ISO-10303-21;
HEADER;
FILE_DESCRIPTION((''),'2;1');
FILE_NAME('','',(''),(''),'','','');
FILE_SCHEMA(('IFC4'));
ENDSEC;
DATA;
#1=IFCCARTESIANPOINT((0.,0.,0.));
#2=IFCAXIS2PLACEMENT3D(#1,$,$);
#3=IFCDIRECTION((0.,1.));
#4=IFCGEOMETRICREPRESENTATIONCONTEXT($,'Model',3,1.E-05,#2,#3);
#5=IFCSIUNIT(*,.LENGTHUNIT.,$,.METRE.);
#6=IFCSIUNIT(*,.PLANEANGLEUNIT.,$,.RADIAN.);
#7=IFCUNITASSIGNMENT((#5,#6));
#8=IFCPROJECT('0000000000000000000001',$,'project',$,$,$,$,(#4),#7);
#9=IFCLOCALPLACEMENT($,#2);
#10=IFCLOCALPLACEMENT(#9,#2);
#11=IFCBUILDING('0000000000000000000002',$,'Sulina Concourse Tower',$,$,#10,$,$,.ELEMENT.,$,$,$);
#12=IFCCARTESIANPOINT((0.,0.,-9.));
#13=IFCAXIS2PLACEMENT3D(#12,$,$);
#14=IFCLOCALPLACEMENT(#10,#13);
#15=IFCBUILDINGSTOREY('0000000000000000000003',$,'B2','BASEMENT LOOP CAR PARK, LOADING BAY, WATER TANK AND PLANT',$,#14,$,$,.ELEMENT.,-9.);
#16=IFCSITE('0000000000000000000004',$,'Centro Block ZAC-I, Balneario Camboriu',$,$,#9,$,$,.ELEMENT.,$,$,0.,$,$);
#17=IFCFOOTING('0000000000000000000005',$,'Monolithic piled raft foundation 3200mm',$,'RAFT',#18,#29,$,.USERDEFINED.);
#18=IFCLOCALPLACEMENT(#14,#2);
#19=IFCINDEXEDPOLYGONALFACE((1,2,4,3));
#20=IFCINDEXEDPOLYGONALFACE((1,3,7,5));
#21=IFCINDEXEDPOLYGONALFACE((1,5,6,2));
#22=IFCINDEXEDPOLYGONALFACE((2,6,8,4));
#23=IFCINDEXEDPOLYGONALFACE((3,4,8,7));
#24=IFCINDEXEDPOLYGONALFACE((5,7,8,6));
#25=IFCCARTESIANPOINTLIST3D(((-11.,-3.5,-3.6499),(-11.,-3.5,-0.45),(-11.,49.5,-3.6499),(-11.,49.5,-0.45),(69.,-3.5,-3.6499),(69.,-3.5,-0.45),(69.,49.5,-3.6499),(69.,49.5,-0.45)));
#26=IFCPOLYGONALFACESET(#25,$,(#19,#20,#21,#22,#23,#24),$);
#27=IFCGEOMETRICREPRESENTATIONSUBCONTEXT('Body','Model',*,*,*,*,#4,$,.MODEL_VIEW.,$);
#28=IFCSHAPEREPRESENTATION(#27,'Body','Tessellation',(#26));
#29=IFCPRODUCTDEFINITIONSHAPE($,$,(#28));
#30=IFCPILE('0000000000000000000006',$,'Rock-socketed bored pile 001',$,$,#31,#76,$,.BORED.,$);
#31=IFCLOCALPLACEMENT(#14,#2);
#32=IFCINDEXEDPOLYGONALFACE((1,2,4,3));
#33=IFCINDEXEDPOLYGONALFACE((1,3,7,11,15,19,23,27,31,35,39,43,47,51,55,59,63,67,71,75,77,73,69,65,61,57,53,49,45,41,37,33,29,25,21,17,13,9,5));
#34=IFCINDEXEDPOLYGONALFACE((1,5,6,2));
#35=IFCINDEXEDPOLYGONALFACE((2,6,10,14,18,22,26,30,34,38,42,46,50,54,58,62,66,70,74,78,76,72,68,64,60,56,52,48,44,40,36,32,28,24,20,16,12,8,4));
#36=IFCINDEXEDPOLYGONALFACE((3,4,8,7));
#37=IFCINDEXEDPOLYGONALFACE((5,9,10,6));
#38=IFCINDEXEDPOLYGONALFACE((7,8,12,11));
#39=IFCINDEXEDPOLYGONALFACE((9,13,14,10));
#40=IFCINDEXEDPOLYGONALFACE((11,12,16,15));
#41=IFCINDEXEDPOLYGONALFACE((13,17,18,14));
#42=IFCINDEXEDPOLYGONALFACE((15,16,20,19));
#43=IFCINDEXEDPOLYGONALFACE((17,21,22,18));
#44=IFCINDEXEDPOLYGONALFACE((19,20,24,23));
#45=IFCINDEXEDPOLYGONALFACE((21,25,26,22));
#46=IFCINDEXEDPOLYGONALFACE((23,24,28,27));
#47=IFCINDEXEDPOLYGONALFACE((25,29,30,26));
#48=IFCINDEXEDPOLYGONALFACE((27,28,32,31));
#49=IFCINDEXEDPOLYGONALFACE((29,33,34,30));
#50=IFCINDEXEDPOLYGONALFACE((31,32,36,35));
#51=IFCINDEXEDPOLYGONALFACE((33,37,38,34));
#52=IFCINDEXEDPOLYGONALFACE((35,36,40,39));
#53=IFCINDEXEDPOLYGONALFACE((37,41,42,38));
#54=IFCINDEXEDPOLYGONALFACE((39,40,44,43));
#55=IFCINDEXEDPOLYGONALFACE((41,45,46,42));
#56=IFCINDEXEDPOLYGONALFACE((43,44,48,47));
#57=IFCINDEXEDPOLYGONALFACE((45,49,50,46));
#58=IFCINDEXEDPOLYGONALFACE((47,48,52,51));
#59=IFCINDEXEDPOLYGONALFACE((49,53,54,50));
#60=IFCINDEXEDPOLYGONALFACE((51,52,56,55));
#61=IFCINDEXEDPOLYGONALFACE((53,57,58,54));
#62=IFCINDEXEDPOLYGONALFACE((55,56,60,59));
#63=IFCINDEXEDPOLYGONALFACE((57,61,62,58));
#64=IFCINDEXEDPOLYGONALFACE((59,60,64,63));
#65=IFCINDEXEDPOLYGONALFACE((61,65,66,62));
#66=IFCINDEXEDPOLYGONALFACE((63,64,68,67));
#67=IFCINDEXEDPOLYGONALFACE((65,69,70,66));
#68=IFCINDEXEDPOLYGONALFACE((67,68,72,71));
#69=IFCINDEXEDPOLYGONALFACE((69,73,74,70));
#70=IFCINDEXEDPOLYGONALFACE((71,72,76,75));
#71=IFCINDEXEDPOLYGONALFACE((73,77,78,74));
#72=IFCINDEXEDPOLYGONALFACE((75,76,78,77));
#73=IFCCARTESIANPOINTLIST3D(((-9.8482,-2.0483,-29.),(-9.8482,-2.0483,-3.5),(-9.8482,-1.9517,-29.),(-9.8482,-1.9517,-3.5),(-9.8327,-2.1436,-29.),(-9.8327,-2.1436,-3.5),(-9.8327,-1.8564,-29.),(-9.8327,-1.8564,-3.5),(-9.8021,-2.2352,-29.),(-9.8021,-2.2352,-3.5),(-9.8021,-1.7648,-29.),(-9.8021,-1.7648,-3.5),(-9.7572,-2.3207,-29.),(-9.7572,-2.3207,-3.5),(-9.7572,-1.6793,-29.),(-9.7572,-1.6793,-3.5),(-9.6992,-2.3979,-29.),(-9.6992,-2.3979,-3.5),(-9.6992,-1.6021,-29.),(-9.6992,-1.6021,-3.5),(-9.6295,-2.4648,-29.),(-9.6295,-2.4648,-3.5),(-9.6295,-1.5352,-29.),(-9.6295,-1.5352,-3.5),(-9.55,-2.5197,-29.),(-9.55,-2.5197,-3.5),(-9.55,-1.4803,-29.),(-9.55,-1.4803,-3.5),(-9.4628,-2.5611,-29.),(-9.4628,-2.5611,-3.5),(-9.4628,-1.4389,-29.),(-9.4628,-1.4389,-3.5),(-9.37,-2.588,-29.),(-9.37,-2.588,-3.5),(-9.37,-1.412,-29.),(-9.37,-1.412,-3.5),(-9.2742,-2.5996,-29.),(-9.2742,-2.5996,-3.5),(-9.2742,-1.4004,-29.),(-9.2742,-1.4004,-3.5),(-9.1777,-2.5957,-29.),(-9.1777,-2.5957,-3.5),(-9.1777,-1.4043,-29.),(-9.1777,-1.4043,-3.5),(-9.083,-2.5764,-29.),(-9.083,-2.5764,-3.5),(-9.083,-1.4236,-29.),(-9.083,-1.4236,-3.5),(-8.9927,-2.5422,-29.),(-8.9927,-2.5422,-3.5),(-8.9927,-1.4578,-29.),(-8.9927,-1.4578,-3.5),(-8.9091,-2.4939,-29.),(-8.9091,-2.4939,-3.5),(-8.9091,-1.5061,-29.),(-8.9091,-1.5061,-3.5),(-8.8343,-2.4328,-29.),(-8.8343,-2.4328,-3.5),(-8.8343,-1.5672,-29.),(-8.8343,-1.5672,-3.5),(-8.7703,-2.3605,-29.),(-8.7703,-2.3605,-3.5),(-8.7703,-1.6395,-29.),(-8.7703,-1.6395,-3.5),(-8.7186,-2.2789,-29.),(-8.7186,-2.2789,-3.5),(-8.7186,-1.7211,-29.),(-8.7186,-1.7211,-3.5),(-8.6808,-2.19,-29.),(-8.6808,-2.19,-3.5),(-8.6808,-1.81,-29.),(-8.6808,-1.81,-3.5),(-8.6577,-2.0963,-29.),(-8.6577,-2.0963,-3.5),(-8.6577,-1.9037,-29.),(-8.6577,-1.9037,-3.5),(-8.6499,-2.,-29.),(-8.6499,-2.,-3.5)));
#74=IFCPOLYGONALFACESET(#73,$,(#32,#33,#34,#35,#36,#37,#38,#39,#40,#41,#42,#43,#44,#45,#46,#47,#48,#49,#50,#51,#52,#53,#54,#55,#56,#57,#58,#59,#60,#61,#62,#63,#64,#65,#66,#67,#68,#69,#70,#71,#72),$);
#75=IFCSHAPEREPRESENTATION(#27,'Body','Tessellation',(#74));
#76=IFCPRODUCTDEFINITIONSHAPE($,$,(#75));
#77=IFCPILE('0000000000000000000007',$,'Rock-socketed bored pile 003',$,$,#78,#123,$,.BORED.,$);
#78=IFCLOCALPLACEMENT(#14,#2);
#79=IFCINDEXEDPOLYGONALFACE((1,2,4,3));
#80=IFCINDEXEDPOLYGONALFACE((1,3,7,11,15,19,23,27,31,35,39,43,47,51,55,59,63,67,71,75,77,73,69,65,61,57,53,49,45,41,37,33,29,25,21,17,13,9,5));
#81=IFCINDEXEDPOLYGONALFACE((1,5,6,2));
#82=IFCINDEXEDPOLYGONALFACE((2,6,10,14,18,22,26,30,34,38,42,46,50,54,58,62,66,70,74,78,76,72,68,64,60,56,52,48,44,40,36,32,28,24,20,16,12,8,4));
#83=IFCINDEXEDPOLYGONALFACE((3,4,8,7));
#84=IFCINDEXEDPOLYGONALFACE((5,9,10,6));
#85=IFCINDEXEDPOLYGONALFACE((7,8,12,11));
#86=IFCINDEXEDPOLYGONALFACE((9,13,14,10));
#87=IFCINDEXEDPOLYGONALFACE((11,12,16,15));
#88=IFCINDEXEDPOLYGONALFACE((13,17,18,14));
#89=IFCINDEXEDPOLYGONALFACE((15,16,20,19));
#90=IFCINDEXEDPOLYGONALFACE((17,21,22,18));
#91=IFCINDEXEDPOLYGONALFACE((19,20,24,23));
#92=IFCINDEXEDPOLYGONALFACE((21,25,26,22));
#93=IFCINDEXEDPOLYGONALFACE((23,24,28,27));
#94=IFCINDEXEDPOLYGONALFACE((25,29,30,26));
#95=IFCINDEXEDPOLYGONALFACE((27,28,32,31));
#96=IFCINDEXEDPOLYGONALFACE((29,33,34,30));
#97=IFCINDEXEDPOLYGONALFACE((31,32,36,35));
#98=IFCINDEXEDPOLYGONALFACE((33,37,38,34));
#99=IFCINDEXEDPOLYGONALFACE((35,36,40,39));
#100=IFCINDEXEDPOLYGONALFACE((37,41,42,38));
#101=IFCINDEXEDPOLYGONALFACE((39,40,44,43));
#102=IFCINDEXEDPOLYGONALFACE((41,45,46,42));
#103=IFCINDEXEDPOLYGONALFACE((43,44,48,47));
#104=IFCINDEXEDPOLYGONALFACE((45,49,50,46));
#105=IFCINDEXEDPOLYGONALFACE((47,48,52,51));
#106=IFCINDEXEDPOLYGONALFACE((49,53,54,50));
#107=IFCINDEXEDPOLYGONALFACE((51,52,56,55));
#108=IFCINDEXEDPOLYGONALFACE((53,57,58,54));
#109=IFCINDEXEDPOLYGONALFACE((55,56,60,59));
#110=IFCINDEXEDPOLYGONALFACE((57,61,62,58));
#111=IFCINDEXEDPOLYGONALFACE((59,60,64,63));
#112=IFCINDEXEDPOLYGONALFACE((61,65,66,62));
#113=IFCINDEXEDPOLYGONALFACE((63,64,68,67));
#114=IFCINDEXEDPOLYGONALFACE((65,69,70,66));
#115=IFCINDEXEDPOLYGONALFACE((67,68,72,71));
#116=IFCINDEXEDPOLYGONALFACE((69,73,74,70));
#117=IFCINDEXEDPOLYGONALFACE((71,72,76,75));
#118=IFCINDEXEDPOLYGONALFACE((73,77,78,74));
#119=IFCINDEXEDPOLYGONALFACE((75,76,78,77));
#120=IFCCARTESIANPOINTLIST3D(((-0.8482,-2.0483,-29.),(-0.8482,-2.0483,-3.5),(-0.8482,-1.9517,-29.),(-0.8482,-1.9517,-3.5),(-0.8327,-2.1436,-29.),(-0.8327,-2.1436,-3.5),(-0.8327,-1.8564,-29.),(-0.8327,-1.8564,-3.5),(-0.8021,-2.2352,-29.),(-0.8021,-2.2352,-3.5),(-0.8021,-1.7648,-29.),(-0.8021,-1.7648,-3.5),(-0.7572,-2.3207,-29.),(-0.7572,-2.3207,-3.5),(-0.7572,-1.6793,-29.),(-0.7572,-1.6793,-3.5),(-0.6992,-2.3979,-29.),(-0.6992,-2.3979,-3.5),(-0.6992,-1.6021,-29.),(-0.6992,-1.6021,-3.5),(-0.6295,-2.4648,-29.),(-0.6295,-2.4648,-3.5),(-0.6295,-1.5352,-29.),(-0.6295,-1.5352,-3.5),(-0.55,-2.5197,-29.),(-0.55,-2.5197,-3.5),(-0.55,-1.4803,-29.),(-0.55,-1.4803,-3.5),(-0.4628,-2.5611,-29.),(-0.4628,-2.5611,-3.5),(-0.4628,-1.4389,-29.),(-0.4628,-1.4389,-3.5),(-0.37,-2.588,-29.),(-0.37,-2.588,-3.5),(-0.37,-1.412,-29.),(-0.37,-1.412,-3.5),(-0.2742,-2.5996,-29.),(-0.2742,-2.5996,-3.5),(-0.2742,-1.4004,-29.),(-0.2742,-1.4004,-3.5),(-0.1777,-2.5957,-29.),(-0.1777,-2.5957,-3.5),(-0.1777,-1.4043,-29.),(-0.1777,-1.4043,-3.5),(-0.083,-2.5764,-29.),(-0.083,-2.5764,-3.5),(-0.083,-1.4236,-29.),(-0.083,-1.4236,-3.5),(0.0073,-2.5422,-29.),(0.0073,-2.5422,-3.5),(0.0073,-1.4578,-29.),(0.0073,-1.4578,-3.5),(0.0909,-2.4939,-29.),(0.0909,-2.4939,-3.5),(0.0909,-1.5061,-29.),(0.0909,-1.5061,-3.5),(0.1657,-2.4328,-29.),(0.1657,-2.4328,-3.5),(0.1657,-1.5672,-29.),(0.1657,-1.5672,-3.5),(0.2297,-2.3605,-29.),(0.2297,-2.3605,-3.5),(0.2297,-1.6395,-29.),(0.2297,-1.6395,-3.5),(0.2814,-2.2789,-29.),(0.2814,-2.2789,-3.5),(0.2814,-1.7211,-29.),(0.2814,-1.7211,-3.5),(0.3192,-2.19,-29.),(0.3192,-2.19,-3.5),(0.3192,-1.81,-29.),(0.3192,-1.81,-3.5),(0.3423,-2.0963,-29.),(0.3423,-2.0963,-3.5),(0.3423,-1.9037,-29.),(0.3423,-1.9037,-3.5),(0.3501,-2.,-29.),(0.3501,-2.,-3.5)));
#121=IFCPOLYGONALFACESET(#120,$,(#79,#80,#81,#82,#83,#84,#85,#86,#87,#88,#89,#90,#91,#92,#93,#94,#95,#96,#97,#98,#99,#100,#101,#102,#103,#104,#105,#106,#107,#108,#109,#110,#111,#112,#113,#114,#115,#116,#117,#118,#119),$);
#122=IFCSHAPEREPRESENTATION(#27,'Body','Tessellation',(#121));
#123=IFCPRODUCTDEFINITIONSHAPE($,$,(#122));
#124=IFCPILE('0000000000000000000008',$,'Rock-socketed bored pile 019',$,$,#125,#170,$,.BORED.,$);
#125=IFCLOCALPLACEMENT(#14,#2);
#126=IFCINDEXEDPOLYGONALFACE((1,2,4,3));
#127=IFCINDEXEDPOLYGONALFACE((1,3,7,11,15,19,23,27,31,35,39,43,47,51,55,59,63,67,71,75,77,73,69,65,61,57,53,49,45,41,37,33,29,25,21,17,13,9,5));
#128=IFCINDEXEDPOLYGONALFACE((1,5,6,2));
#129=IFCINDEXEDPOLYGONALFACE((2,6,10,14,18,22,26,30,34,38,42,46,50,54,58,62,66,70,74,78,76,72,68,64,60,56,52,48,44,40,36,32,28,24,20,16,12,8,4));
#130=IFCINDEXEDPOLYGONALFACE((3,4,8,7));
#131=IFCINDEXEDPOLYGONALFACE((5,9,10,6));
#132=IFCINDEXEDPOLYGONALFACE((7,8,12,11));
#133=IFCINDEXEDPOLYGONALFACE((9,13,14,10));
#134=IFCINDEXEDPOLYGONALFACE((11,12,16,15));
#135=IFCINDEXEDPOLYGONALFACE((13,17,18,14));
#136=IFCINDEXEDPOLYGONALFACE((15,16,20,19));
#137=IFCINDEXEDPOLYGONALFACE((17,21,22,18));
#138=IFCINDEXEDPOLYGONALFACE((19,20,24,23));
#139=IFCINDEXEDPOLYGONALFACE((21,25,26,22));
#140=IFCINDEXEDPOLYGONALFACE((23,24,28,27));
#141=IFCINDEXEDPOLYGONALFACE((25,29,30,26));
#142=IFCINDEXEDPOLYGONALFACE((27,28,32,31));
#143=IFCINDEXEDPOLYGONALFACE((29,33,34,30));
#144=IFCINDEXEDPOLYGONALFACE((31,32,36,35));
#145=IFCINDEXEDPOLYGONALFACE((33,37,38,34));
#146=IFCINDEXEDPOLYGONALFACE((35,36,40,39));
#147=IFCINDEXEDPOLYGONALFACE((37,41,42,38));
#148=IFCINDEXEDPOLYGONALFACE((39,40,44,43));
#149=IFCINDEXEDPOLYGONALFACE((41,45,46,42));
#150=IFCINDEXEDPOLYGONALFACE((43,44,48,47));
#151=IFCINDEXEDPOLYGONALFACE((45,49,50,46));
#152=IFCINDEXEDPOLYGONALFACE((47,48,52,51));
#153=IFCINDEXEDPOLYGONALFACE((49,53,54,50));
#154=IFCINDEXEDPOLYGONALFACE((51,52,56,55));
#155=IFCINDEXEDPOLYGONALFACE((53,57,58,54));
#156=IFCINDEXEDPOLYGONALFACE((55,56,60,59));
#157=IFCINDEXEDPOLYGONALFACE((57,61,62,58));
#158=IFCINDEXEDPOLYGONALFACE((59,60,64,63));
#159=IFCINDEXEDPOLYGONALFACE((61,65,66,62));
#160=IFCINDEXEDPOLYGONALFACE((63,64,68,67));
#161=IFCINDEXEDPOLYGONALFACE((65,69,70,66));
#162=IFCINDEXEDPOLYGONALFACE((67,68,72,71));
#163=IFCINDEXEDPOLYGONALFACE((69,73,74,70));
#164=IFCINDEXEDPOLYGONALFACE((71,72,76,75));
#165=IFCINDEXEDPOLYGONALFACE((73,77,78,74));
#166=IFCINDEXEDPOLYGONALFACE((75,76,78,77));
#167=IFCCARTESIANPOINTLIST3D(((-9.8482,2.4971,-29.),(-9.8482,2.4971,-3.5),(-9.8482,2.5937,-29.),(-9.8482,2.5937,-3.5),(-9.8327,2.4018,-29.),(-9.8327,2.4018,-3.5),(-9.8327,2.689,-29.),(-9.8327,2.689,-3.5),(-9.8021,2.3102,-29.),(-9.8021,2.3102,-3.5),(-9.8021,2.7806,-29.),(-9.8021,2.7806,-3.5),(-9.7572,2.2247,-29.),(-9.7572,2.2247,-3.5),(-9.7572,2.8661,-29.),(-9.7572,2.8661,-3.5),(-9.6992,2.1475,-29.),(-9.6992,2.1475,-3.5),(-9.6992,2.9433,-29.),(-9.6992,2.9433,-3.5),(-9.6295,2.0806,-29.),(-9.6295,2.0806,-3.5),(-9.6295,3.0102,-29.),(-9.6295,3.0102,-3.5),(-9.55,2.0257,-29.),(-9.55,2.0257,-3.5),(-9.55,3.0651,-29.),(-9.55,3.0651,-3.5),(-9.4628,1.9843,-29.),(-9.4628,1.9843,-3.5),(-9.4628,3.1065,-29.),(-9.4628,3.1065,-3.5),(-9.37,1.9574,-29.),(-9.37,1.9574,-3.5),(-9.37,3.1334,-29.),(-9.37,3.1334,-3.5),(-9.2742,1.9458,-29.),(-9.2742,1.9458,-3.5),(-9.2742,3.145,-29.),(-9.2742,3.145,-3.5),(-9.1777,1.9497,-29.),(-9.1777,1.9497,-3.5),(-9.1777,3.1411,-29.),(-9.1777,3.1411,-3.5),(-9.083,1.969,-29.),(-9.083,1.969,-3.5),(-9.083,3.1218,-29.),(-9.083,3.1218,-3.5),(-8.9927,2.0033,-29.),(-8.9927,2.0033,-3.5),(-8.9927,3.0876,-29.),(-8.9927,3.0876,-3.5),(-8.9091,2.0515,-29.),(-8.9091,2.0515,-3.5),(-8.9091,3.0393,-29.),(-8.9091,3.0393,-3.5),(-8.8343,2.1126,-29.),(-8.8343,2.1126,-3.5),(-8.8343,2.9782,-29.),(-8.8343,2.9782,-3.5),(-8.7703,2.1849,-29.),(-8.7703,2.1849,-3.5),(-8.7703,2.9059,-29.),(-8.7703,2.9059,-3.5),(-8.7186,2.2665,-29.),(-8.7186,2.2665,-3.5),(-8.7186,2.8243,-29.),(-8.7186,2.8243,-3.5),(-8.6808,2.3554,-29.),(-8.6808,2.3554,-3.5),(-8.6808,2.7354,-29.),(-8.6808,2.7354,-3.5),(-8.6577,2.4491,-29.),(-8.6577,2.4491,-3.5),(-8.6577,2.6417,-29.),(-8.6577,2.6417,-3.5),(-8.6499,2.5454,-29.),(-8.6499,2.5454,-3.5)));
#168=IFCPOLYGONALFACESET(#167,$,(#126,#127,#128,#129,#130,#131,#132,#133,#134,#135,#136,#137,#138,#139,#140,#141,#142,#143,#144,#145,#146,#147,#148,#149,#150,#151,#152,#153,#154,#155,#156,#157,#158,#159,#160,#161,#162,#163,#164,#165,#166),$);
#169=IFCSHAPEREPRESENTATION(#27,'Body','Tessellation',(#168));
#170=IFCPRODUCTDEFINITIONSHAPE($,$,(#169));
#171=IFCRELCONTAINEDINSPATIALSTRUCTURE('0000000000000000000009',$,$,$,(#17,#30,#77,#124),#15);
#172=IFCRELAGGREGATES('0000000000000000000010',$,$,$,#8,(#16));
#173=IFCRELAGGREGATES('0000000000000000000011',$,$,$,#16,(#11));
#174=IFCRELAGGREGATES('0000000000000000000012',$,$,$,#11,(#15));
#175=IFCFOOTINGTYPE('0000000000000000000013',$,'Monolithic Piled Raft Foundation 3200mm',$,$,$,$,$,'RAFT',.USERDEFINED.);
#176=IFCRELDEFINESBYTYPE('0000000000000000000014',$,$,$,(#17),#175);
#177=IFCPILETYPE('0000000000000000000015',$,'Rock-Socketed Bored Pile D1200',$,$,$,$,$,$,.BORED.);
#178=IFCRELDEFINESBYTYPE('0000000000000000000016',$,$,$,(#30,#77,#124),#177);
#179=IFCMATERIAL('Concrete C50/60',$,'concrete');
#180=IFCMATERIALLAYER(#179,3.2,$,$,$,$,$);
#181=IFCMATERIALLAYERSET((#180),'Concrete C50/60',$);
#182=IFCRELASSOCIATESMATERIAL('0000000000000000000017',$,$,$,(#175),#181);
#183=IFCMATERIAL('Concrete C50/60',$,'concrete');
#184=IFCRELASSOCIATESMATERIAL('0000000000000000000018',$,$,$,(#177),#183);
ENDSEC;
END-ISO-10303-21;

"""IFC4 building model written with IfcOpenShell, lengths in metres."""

from ifc_helpers import new_model, si_unit, direction, frame, origin, origin_2d, place, context, subcontext, project, spatial, polyline, circle, outline, extrude, material, layer, layer_set, material_profile, profile_set, type_object, element, save


model = new_model("IFC4")

# Units and contexts
model_context = context("Model", 3, precision=1e-05, world=origin(), true_north=direction((0.0, 1.0)))
body_context = subcontext(model_context, "Body", "Model", "MODEL_VIEW")
ifc_project = project(units=[si_unit("LENGTHUNIT", "METRE"), si_unit("PLANEANGLEUNIT", "RADIAN")], contexts=[model_context])

# Site, building, storey
site_placement = place(None, origin())
site = spatial("IfcSite", under=ifc_project, at=site_placement, Name="Centro Block ZAC-I, Balneario Camboriu", CompositionType="ELEMENT", RefElevation=0.0)
building_placement = place(site_placement, origin())
building = spatial("IfcBuilding", under=site, at=building_placement, Name="Sulina Concourse Tower", CompositionType="ELEMENT")
storey_placement = place(building_placement, frame((0.0, 0.0, -9.0)))
storey = spatial("IfcBuildingStorey", under=building, at=storey_placement, Name="B2", Description="BASEMENT LOOP CAR PARK, LOADING BAY, WATER TANK AND PLANT", CompositionType="ELEMENT", Elevation=-9.0)

# Footing
ifc_material_1 = material(Name="Concrete C50/60", Category="concrete")
ifc_layer_1 = layer(ifc_material_1, 3.2)
ifc_layer_set_1 = layer_set([ifc_layer_1], Name="Concrete C50/60")
footing_type = type_object("IfcFootingType", Name="Monolithic Piled Raft Foundation 3200mm", ElementType="RAFT", PredefinedType="USERDEFINED", material=ifc_layer_set_1)
footing_placement = place(storey_placement, frame((0.0, 0.0, -3.6499)))
element("IfcFooting", 1, at=footing_placement, inside=storey, type_object=footing_type, Name="Monolithic piled raft foundation 3200mm", ObjectType="RAFT", PredefinedType="USERDEFINED", context=body_context, shape_type="SweptSolid", body=[
    extrude(outline(polyline([(-11.0, -3.5), (69.0, -3.5), (69.0, 49.5), (-11.0, 49.5), (-11.0, -3.5)])), origin(), (0.0, 0.0, 1.0), 3.2),
])

# Piles
ifc_material_2 = material(Name="Concrete C50/60", Category="concrete")
ifc_material_profile_1 = material_profile(ifc_material_2, circle(Radius=0.6001, at=origin_2d()), Name="PILE D1200")
ifc_profile_set_1 = profile_set([ifc_material_profile_1], Name="Concrete C50/60")
pile_type_1 = type_object("IfcPileType", Name="Rock-Socketed Bored Pile D1200", PredefinedType="BORED", material=ifc_profile_set_1)
for number, where, z_axis, x_axis, name in (
    (2, (-9.25, -2.0, -3.5), (0.0, 0.0, -1.0), (1.0, 0.0, 0.0), "Rock-socketed bored pile 001"),
    (3, (-0.25, -2.0, -3.5), (0.0, 0.0, -1.0), (1.0, 0.0, 0.0), "Rock-socketed bored pile 003"),
    (4, (-9.25, 2.5454, -3.5), (0.0, 0.0, -1.0), (1.0, 0.0, 0.0), "Rock-socketed bored pile 019"),
):
    element("IfcPile", number, at=place(storey_placement, frame(where, z_axis=z_axis, x_axis=x_axis)), inside=storey, type_object=pile_type_1, Name=name, PredefinedType="BORED", context=body_context, shape_type="SweptSolid", body=[
        extrude(circle(Radius=0.6001, at=origin_2d()), origin(), (0.0, 0.0, 1.0), 25.5),
    ])

save(model, "model.ifc")
